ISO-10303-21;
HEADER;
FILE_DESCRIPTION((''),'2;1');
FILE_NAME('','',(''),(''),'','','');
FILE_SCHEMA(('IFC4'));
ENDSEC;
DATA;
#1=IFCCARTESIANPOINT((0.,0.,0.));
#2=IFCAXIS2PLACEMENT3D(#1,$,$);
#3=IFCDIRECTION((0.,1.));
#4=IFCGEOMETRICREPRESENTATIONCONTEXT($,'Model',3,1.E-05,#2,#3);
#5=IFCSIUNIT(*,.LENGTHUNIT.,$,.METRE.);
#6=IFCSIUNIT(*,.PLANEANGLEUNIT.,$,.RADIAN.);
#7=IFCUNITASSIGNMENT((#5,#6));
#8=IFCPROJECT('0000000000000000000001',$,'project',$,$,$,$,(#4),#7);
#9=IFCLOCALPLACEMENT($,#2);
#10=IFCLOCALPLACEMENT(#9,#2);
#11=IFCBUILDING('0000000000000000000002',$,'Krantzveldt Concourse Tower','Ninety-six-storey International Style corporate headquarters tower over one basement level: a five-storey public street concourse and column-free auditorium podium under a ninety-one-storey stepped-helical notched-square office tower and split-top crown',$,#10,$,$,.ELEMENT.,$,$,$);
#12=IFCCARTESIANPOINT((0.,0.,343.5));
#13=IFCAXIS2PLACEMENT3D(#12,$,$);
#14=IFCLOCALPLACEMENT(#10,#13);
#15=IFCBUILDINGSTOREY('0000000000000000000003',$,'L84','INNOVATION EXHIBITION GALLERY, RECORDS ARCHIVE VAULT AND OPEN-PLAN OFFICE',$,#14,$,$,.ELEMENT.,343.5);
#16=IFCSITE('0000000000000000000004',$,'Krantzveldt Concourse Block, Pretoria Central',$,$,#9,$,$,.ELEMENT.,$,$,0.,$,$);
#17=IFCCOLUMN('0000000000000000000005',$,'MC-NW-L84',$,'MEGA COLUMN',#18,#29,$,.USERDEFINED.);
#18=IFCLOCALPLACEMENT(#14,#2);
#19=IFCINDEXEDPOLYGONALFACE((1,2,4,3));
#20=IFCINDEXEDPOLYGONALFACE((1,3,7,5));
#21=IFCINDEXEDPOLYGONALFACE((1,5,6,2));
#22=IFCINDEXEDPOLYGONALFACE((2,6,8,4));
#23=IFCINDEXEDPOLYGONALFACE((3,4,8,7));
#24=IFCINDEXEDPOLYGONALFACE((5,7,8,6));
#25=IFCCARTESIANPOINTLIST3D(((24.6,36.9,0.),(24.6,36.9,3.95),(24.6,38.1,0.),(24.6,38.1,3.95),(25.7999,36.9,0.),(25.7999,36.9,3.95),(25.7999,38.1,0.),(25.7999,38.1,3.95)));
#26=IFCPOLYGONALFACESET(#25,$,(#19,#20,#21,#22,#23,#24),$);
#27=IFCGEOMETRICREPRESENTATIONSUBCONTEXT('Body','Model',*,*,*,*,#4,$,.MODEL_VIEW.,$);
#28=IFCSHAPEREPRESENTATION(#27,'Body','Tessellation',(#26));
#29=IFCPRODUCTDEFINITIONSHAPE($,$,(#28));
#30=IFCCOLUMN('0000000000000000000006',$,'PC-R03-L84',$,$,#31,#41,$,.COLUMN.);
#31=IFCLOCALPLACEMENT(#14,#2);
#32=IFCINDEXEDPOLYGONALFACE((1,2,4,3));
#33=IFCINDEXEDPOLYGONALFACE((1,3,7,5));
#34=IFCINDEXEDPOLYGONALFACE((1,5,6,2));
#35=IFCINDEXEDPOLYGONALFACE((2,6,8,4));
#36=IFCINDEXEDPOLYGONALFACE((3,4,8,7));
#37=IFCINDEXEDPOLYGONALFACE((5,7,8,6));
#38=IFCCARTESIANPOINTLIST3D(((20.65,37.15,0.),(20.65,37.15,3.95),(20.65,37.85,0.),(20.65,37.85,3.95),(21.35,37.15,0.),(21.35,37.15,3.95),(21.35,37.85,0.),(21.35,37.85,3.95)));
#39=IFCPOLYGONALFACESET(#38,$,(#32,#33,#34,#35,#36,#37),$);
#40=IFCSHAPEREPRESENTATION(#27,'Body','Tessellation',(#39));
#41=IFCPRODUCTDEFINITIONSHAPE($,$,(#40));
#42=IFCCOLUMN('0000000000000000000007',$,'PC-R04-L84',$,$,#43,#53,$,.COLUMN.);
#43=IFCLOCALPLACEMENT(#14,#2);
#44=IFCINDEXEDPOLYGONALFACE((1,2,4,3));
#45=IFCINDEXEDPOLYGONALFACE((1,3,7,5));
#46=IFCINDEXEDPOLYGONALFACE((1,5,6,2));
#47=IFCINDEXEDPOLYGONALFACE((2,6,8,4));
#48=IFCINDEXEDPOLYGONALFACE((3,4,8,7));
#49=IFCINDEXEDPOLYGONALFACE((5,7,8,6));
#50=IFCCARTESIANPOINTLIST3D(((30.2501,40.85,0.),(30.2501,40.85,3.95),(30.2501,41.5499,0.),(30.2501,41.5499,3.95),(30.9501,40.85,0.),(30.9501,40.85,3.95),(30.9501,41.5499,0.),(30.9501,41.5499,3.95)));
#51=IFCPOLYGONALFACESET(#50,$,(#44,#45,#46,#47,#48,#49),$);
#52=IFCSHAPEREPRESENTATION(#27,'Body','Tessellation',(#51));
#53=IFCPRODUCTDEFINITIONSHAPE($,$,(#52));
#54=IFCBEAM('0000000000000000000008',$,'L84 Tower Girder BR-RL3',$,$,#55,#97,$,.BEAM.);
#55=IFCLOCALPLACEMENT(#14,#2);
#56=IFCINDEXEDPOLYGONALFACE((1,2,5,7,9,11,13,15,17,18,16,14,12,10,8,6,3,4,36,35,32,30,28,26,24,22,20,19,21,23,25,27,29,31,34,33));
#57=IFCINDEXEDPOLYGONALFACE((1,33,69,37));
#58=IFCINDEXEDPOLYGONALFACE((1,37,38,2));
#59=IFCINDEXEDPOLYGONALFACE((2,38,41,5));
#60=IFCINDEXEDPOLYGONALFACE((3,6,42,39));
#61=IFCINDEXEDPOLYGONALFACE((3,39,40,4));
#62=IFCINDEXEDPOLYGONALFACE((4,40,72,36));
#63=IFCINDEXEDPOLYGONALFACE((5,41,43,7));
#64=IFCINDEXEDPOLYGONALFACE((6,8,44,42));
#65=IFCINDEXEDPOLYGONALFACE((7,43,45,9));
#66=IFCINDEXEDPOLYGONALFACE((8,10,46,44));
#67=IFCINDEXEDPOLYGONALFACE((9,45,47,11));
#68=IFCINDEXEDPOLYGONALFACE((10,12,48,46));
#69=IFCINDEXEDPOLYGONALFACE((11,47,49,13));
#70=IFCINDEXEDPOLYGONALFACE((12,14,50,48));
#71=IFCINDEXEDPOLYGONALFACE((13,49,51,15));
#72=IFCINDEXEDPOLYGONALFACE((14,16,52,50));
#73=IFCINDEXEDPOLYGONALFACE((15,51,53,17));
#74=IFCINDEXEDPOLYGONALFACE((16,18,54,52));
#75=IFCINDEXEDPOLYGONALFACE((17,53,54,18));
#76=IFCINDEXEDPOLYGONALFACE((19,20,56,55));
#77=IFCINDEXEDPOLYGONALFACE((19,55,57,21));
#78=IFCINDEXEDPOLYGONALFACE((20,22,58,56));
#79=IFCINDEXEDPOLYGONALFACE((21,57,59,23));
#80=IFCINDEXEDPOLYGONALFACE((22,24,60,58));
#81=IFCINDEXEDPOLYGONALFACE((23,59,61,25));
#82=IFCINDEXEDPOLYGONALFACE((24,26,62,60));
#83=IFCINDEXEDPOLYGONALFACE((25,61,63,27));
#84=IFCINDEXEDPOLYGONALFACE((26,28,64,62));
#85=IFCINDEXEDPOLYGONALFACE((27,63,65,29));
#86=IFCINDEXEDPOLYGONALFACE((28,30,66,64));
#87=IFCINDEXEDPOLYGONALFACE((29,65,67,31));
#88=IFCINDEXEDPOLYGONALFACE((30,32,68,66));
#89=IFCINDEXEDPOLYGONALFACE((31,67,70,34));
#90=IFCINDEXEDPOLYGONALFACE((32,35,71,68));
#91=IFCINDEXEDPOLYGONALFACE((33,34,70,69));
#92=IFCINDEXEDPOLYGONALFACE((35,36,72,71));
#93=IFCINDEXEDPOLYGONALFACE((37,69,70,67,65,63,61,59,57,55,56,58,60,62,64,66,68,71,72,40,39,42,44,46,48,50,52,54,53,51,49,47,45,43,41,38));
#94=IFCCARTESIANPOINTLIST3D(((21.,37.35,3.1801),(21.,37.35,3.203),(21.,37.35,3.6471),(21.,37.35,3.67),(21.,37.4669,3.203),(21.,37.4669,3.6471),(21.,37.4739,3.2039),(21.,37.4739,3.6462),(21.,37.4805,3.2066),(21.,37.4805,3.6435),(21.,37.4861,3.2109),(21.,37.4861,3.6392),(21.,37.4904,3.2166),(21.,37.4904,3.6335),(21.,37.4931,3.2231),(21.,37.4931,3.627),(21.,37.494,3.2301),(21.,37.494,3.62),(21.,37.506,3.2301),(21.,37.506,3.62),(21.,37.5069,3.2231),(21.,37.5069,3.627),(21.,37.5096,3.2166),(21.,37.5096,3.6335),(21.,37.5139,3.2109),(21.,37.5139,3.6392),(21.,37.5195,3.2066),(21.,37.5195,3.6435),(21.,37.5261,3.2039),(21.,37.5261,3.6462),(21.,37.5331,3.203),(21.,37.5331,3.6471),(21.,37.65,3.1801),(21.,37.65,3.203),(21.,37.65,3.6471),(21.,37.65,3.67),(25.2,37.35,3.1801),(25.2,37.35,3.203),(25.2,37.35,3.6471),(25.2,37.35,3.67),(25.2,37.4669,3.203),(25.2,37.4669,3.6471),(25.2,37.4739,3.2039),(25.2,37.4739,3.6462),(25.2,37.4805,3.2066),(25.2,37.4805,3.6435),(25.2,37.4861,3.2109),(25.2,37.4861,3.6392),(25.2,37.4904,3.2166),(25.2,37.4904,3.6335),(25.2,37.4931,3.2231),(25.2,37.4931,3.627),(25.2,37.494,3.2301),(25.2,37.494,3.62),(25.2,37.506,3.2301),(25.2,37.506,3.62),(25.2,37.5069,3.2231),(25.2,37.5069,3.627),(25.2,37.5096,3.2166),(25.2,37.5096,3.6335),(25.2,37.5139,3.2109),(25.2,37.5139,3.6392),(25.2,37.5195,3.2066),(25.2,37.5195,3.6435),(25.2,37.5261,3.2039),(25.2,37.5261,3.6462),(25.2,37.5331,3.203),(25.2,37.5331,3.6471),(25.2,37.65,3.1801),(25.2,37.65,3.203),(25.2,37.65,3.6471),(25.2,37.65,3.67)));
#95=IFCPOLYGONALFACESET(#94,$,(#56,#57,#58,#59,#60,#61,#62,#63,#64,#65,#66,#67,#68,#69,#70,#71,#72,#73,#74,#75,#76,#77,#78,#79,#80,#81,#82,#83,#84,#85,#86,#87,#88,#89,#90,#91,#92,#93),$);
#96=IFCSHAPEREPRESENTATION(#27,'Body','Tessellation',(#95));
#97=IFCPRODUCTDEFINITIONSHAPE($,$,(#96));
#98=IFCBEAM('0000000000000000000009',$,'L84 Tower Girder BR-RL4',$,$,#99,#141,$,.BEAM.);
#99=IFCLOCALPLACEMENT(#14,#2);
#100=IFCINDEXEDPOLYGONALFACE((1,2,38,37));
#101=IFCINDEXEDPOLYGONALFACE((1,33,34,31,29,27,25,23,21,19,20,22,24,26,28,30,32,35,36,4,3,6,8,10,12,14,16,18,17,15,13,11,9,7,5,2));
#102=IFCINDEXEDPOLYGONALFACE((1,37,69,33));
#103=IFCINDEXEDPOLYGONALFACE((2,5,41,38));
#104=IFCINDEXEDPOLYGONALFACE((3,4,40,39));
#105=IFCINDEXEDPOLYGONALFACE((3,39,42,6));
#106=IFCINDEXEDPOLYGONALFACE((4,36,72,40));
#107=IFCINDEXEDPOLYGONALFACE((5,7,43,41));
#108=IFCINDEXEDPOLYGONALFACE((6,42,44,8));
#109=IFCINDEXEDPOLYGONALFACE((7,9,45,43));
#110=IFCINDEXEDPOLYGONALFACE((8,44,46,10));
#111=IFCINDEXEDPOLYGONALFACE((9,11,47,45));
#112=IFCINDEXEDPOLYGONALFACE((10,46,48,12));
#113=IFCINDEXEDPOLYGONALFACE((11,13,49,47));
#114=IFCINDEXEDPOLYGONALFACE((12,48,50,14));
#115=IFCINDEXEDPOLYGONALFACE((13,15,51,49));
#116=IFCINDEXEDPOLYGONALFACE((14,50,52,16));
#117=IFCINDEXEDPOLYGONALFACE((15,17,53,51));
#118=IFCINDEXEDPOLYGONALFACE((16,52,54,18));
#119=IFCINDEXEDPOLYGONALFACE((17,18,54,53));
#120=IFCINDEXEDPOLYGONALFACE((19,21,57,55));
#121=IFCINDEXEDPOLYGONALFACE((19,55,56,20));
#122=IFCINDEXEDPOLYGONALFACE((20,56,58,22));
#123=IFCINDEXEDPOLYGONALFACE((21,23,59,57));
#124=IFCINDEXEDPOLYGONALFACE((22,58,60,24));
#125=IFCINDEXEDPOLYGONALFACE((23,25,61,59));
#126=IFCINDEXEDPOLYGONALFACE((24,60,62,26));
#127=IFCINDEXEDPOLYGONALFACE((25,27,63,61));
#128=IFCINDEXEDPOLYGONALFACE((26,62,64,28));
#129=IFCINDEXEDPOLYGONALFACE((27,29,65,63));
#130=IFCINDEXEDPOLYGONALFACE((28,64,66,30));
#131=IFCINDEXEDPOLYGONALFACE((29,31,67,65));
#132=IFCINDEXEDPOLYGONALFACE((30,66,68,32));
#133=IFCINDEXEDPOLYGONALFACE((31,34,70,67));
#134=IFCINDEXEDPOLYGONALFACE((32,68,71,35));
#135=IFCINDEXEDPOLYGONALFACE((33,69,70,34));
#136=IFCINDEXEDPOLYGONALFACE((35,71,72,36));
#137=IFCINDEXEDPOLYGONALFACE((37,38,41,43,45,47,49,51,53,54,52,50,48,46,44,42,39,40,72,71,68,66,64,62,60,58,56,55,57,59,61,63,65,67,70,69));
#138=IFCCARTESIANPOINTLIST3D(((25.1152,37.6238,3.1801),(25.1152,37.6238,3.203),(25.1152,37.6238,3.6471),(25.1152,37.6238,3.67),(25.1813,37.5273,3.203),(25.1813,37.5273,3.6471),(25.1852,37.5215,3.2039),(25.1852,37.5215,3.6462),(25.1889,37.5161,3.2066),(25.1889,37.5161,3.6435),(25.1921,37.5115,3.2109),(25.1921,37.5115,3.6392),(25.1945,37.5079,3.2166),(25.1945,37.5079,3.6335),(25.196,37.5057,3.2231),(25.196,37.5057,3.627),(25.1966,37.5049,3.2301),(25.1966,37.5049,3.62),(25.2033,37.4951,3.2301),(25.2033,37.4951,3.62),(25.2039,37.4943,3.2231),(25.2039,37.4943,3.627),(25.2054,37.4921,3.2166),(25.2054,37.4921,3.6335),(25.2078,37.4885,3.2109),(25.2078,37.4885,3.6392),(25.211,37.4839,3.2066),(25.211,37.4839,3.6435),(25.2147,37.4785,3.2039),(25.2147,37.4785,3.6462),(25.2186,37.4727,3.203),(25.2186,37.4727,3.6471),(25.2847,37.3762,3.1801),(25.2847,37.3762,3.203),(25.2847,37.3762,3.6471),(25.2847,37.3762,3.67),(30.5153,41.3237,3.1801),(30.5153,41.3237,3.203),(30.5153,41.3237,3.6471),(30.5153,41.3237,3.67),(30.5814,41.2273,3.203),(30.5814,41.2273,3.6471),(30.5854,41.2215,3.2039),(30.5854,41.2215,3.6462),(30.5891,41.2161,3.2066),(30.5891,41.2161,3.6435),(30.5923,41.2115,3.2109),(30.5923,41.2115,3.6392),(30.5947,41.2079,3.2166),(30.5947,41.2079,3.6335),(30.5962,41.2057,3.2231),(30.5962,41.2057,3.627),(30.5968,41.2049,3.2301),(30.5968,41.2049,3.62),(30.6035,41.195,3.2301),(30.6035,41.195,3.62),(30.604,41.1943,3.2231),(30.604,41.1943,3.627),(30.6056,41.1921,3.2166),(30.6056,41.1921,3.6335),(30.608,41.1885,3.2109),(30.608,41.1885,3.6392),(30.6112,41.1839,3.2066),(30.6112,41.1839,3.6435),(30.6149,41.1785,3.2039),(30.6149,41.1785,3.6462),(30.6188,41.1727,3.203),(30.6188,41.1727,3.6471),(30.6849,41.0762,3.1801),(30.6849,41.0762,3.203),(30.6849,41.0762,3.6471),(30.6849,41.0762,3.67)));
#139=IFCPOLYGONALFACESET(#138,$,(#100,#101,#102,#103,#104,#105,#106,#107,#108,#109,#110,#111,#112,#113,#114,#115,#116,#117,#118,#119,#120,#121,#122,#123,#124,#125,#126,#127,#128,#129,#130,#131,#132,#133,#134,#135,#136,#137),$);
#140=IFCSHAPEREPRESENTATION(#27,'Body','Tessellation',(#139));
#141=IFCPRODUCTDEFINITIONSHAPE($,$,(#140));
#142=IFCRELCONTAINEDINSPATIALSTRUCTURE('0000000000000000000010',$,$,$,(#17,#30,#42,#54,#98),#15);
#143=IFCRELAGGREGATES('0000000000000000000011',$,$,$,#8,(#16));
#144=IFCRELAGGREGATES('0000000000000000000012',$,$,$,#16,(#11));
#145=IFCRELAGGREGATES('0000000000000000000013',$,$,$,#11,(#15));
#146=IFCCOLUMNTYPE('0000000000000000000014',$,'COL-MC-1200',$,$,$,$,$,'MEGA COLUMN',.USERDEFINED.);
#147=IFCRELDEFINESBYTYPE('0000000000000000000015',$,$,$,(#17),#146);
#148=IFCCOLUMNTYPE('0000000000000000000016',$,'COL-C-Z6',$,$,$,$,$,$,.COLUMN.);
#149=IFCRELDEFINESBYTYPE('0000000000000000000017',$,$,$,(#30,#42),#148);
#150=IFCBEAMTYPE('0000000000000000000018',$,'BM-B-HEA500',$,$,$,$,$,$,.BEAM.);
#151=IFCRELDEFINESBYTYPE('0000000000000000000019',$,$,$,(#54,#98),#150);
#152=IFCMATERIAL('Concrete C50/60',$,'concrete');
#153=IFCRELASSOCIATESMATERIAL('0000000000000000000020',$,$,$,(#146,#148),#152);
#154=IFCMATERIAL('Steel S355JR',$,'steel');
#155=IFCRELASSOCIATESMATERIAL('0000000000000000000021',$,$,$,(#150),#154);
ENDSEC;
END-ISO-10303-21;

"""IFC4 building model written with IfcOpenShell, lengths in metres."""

from ifc_helpers import new_model, si_unit, direction, frame, origin, origin_2d, place, context, subcontext, project, spatial, rectangle, i_section, extrude, source, transform, mapped, material, material_profile, profile_set, type_object, type_shapes, element, save


model = new_model("IFC4")

# Units and contexts
model_context = context("Model", 3, precision=1e-05, world=origin(), true_north=direction((0.0, 1.0)))
body_context = subcontext(model_context, "Body", "Model", "MODEL_VIEW")
ifc_project = project(units=[si_unit("LENGTHUNIT", "METRE"), si_unit("PLANEANGLEUNIT", "RADIAN")], contexts=[model_context])

# Site, building, storey
site_placement = place(None, origin())
site = spatial("IfcSite", under=ifc_project, at=site_placement, Name="Krantzveldt Concourse Block, Pretoria Central", CompositionType="ELEMENT", RefElevation=0.0)
building_placement = place(site_placement, origin())
building = spatial("IfcBuilding", under=site, at=building_placement, Name="Krantzveldt Concourse Tower", Description="Ninety-six-storey International Style corporate headquarters tower over one basement level: a five-storey public street concourse and column-free auditorium podium under a ninety-one-storey stepped-helical notched-square office tower and split-top crown", CompositionType="ELEMENT")
storey_placement = place(building_placement, frame((0.0, 0.0, 343.5)))
storey = spatial("IfcBuildingStorey", under=building, at=storey_placement, Name="L84", Description="INNOVATION EXHIBITION GALLERY, RECORDS ARCHIVE VAULT AND OPEN-PLAN OFFICE", CompositionType="ELEMENT", Elevation=343.5)

# Columns
ifc_material_1 = material(Name="Concrete C50/60", Category="concrete")
ifc_material_profile_1 = material_profile(ifc_material_1, rectangle(XDim=1.2, YDim=1.2, at=origin_2d()), Name="Concrete C50/60", Category="concrete")
ifc_profile_set_1 = profile_set([ifc_material_profile_1], Name="Concrete C50/60 - RC 1200x1200")
column_type_1 = type_object("IfcColumnType", Name="COL-MC-1200", ElementType="MEGA COLUMN", PredefinedType="USERDEFINED", material=ifc_profile_set_1)
shared_shape_1 = source(origin(), body_context, "Body", "SweptSolid", [
    extrude(rectangle(XDim=1.2, YDim=1.2, at=origin_2d()), origin(), (0.0, 0.0, 1.0), 3.95),
])
type_shapes(column_type_1, [shared_shape_1])
column_placement = place(storey_placement, frame((25.2, 37.5, 0.0), z_axis=(0.0, 0.0, 1.0), x_axis=(1.0, 0.0, 0.0)))
element("IfcColumn", 1, at=column_placement, inside=storey, type_object=column_type_1, Name="MC-NW-L84", ObjectType="MEGA COLUMN", PredefinedType="USERDEFINED", context=body_context, shape_type="MappedRepresentation", body=[
    mapped(shared_shape_1, transform((0.0, 0.0, 0.0), x_axis=(1.0, 0.0, 0.0), y_axis=(0.0, 1.0, 0.0), z_axis=(0.0, 0.0, 1.0), scale=1.0)),
])
ifc_material_profile_2 = material_profile(ifc_material_1, rectangle(XDim=0.7, YDim=0.7, at=origin_2d()), Name="Concrete C50/60", Category="concrete")
ifc_profile_set_2 = profile_set([ifc_material_profile_2], Name="Concrete C50/60 - RC 700x700")
column_type_2 = type_object("IfcColumnType", Name="COL-C-Z6", PredefinedType="COLUMN", material=ifc_profile_set_2)
shared_shape_2 = source(origin(), body_context, "Body", "SweptSolid", [
    extrude(rectangle(XDim=0.7, YDim=0.7, at=origin_2d()), origin(), (0.0, 0.0, 1.0), 3.95),
])
type_shapes(column_type_2, [shared_shape_2])
for number, where, z_axis, x_axis, name in (
    (2, (21.0, 37.5, 0.0), (0.0, 0.0, 1.0), (1.0, 0.0, 0.0), "PC-R03-L84"),
    (3, (30.6001, 41.2, 0.0), (0.0, 0.0, 1.0), (1.0, 0.0, 0.0), "PC-R04-L84"),
):
    element("IfcColumn", number, at=place(storey_placement, frame(where, z_axis=z_axis, x_axis=x_axis)), inside=storey, type_object=column_type_2, Name=name, PredefinedType="COLUMN", context=body_context, shape_type="MappedRepresentation", body=[
        mapped(shared_shape_2, transform((0.0, 0.0, 0.0), x_axis=(1.0, 0.0, 0.0), y_axis=(0.0, 1.0, 0.0), z_axis=(0.0, 0.0, 1.0), scale=1.0)),
    ])

# Beams
ifc_material_2 = material(Name="Steel S355JR", Category="steel")
ifc_material_profile_3 = material_profile(ifc_material_2, i_section(OverallWidth=0.3, OverallDepth=0.49, WebThickness=0.012, FlangeThickness=0.0229, FilletRadius=0.0271, at=origin_2d()), Name="Steel S355JR", Category="steel")
ifc_profile_set_3 = profile_set([ifc_material_profile_3], Name="Steel S355JR - HEA 500")
beam_type_1 = type_object("IfcBeamType", Name="BM-B-HEA500", PredefinedType="BEAM", material=ifc_profile_set_3)
shared_shape_3 = source(origin(), body_context, "Body", "SweptSolid", [
    extrude(i_section(OverallWidth=0.3, OverallDepth=0.49, WebThickness=0.012, FlangeThickness=0.0229, FilletRadius=0.0271, at=origin_2d()), origin(), (0.0, 0.0, 1.0), 4.2),
])
beam_1_placement = place(storey_placement, frame((21.0, 37.5, 3.425), z_axis=(1.0, 0.0, 0.0), x_axis=(0.0, 1.0, 0.0)))
element("IfcBeam", 4, at=beam_1_placement, inside=storey, type_object=beam_type_1, Name="L84 Tower Girder BR-RL3", PredefinedType="BEAM", context=body_context, shape_type="MappedRepresentation", body=[
    mapped(shared_shape_3, transform((0.0, 0.0, 0.0), x_axis=(1.0, 0.0, 0.0), y_axis=(0.0, 1.0, 0.0), z_axis=(0.0, 0.0, 1.0), scale=1.0)),
])
shared_shape_4 = source(origin(), body_context, "Body", "SweptSolid", [
    extrude(i_section(OverallWidth=0.3, OverallDepth=0.49, WebThickness=0.012, FlangeThickness=0.0229, FilletRadius=0.0271, at=origin_2d()), origin(), (0.0, 0.0, 1.0), 6.5461),
])
type_shapes(beam_type_1, [shared_shape_3, shared_shape_4])
beam_2_placement = place(storey_placement, frame((25.2, 37.5, 3.425), z_axis=(0.824943, 0.565216, 0.0), x_axis=(-0.565216, 0.824943, 0.0)))
element("IfcBeam", 5, at=beam_2_placement, inside=storey, type_object=beam_type_1, Name="L84 Tower Girder BR-RL4", PredefinedType="BEAM", context=body_context, shape_type="MappedRepresentation", body=[
    mapped(shared_shape_4, transform((0.0, 0.0, 0.0), x_axis=(1.0, 0.0, 0.0), y_axis=(0.0, 1.0, 0.0), z_axis=(0.0, 0.0, 1.0), scale=1.0)),
])

save(model, "model.ifc")
